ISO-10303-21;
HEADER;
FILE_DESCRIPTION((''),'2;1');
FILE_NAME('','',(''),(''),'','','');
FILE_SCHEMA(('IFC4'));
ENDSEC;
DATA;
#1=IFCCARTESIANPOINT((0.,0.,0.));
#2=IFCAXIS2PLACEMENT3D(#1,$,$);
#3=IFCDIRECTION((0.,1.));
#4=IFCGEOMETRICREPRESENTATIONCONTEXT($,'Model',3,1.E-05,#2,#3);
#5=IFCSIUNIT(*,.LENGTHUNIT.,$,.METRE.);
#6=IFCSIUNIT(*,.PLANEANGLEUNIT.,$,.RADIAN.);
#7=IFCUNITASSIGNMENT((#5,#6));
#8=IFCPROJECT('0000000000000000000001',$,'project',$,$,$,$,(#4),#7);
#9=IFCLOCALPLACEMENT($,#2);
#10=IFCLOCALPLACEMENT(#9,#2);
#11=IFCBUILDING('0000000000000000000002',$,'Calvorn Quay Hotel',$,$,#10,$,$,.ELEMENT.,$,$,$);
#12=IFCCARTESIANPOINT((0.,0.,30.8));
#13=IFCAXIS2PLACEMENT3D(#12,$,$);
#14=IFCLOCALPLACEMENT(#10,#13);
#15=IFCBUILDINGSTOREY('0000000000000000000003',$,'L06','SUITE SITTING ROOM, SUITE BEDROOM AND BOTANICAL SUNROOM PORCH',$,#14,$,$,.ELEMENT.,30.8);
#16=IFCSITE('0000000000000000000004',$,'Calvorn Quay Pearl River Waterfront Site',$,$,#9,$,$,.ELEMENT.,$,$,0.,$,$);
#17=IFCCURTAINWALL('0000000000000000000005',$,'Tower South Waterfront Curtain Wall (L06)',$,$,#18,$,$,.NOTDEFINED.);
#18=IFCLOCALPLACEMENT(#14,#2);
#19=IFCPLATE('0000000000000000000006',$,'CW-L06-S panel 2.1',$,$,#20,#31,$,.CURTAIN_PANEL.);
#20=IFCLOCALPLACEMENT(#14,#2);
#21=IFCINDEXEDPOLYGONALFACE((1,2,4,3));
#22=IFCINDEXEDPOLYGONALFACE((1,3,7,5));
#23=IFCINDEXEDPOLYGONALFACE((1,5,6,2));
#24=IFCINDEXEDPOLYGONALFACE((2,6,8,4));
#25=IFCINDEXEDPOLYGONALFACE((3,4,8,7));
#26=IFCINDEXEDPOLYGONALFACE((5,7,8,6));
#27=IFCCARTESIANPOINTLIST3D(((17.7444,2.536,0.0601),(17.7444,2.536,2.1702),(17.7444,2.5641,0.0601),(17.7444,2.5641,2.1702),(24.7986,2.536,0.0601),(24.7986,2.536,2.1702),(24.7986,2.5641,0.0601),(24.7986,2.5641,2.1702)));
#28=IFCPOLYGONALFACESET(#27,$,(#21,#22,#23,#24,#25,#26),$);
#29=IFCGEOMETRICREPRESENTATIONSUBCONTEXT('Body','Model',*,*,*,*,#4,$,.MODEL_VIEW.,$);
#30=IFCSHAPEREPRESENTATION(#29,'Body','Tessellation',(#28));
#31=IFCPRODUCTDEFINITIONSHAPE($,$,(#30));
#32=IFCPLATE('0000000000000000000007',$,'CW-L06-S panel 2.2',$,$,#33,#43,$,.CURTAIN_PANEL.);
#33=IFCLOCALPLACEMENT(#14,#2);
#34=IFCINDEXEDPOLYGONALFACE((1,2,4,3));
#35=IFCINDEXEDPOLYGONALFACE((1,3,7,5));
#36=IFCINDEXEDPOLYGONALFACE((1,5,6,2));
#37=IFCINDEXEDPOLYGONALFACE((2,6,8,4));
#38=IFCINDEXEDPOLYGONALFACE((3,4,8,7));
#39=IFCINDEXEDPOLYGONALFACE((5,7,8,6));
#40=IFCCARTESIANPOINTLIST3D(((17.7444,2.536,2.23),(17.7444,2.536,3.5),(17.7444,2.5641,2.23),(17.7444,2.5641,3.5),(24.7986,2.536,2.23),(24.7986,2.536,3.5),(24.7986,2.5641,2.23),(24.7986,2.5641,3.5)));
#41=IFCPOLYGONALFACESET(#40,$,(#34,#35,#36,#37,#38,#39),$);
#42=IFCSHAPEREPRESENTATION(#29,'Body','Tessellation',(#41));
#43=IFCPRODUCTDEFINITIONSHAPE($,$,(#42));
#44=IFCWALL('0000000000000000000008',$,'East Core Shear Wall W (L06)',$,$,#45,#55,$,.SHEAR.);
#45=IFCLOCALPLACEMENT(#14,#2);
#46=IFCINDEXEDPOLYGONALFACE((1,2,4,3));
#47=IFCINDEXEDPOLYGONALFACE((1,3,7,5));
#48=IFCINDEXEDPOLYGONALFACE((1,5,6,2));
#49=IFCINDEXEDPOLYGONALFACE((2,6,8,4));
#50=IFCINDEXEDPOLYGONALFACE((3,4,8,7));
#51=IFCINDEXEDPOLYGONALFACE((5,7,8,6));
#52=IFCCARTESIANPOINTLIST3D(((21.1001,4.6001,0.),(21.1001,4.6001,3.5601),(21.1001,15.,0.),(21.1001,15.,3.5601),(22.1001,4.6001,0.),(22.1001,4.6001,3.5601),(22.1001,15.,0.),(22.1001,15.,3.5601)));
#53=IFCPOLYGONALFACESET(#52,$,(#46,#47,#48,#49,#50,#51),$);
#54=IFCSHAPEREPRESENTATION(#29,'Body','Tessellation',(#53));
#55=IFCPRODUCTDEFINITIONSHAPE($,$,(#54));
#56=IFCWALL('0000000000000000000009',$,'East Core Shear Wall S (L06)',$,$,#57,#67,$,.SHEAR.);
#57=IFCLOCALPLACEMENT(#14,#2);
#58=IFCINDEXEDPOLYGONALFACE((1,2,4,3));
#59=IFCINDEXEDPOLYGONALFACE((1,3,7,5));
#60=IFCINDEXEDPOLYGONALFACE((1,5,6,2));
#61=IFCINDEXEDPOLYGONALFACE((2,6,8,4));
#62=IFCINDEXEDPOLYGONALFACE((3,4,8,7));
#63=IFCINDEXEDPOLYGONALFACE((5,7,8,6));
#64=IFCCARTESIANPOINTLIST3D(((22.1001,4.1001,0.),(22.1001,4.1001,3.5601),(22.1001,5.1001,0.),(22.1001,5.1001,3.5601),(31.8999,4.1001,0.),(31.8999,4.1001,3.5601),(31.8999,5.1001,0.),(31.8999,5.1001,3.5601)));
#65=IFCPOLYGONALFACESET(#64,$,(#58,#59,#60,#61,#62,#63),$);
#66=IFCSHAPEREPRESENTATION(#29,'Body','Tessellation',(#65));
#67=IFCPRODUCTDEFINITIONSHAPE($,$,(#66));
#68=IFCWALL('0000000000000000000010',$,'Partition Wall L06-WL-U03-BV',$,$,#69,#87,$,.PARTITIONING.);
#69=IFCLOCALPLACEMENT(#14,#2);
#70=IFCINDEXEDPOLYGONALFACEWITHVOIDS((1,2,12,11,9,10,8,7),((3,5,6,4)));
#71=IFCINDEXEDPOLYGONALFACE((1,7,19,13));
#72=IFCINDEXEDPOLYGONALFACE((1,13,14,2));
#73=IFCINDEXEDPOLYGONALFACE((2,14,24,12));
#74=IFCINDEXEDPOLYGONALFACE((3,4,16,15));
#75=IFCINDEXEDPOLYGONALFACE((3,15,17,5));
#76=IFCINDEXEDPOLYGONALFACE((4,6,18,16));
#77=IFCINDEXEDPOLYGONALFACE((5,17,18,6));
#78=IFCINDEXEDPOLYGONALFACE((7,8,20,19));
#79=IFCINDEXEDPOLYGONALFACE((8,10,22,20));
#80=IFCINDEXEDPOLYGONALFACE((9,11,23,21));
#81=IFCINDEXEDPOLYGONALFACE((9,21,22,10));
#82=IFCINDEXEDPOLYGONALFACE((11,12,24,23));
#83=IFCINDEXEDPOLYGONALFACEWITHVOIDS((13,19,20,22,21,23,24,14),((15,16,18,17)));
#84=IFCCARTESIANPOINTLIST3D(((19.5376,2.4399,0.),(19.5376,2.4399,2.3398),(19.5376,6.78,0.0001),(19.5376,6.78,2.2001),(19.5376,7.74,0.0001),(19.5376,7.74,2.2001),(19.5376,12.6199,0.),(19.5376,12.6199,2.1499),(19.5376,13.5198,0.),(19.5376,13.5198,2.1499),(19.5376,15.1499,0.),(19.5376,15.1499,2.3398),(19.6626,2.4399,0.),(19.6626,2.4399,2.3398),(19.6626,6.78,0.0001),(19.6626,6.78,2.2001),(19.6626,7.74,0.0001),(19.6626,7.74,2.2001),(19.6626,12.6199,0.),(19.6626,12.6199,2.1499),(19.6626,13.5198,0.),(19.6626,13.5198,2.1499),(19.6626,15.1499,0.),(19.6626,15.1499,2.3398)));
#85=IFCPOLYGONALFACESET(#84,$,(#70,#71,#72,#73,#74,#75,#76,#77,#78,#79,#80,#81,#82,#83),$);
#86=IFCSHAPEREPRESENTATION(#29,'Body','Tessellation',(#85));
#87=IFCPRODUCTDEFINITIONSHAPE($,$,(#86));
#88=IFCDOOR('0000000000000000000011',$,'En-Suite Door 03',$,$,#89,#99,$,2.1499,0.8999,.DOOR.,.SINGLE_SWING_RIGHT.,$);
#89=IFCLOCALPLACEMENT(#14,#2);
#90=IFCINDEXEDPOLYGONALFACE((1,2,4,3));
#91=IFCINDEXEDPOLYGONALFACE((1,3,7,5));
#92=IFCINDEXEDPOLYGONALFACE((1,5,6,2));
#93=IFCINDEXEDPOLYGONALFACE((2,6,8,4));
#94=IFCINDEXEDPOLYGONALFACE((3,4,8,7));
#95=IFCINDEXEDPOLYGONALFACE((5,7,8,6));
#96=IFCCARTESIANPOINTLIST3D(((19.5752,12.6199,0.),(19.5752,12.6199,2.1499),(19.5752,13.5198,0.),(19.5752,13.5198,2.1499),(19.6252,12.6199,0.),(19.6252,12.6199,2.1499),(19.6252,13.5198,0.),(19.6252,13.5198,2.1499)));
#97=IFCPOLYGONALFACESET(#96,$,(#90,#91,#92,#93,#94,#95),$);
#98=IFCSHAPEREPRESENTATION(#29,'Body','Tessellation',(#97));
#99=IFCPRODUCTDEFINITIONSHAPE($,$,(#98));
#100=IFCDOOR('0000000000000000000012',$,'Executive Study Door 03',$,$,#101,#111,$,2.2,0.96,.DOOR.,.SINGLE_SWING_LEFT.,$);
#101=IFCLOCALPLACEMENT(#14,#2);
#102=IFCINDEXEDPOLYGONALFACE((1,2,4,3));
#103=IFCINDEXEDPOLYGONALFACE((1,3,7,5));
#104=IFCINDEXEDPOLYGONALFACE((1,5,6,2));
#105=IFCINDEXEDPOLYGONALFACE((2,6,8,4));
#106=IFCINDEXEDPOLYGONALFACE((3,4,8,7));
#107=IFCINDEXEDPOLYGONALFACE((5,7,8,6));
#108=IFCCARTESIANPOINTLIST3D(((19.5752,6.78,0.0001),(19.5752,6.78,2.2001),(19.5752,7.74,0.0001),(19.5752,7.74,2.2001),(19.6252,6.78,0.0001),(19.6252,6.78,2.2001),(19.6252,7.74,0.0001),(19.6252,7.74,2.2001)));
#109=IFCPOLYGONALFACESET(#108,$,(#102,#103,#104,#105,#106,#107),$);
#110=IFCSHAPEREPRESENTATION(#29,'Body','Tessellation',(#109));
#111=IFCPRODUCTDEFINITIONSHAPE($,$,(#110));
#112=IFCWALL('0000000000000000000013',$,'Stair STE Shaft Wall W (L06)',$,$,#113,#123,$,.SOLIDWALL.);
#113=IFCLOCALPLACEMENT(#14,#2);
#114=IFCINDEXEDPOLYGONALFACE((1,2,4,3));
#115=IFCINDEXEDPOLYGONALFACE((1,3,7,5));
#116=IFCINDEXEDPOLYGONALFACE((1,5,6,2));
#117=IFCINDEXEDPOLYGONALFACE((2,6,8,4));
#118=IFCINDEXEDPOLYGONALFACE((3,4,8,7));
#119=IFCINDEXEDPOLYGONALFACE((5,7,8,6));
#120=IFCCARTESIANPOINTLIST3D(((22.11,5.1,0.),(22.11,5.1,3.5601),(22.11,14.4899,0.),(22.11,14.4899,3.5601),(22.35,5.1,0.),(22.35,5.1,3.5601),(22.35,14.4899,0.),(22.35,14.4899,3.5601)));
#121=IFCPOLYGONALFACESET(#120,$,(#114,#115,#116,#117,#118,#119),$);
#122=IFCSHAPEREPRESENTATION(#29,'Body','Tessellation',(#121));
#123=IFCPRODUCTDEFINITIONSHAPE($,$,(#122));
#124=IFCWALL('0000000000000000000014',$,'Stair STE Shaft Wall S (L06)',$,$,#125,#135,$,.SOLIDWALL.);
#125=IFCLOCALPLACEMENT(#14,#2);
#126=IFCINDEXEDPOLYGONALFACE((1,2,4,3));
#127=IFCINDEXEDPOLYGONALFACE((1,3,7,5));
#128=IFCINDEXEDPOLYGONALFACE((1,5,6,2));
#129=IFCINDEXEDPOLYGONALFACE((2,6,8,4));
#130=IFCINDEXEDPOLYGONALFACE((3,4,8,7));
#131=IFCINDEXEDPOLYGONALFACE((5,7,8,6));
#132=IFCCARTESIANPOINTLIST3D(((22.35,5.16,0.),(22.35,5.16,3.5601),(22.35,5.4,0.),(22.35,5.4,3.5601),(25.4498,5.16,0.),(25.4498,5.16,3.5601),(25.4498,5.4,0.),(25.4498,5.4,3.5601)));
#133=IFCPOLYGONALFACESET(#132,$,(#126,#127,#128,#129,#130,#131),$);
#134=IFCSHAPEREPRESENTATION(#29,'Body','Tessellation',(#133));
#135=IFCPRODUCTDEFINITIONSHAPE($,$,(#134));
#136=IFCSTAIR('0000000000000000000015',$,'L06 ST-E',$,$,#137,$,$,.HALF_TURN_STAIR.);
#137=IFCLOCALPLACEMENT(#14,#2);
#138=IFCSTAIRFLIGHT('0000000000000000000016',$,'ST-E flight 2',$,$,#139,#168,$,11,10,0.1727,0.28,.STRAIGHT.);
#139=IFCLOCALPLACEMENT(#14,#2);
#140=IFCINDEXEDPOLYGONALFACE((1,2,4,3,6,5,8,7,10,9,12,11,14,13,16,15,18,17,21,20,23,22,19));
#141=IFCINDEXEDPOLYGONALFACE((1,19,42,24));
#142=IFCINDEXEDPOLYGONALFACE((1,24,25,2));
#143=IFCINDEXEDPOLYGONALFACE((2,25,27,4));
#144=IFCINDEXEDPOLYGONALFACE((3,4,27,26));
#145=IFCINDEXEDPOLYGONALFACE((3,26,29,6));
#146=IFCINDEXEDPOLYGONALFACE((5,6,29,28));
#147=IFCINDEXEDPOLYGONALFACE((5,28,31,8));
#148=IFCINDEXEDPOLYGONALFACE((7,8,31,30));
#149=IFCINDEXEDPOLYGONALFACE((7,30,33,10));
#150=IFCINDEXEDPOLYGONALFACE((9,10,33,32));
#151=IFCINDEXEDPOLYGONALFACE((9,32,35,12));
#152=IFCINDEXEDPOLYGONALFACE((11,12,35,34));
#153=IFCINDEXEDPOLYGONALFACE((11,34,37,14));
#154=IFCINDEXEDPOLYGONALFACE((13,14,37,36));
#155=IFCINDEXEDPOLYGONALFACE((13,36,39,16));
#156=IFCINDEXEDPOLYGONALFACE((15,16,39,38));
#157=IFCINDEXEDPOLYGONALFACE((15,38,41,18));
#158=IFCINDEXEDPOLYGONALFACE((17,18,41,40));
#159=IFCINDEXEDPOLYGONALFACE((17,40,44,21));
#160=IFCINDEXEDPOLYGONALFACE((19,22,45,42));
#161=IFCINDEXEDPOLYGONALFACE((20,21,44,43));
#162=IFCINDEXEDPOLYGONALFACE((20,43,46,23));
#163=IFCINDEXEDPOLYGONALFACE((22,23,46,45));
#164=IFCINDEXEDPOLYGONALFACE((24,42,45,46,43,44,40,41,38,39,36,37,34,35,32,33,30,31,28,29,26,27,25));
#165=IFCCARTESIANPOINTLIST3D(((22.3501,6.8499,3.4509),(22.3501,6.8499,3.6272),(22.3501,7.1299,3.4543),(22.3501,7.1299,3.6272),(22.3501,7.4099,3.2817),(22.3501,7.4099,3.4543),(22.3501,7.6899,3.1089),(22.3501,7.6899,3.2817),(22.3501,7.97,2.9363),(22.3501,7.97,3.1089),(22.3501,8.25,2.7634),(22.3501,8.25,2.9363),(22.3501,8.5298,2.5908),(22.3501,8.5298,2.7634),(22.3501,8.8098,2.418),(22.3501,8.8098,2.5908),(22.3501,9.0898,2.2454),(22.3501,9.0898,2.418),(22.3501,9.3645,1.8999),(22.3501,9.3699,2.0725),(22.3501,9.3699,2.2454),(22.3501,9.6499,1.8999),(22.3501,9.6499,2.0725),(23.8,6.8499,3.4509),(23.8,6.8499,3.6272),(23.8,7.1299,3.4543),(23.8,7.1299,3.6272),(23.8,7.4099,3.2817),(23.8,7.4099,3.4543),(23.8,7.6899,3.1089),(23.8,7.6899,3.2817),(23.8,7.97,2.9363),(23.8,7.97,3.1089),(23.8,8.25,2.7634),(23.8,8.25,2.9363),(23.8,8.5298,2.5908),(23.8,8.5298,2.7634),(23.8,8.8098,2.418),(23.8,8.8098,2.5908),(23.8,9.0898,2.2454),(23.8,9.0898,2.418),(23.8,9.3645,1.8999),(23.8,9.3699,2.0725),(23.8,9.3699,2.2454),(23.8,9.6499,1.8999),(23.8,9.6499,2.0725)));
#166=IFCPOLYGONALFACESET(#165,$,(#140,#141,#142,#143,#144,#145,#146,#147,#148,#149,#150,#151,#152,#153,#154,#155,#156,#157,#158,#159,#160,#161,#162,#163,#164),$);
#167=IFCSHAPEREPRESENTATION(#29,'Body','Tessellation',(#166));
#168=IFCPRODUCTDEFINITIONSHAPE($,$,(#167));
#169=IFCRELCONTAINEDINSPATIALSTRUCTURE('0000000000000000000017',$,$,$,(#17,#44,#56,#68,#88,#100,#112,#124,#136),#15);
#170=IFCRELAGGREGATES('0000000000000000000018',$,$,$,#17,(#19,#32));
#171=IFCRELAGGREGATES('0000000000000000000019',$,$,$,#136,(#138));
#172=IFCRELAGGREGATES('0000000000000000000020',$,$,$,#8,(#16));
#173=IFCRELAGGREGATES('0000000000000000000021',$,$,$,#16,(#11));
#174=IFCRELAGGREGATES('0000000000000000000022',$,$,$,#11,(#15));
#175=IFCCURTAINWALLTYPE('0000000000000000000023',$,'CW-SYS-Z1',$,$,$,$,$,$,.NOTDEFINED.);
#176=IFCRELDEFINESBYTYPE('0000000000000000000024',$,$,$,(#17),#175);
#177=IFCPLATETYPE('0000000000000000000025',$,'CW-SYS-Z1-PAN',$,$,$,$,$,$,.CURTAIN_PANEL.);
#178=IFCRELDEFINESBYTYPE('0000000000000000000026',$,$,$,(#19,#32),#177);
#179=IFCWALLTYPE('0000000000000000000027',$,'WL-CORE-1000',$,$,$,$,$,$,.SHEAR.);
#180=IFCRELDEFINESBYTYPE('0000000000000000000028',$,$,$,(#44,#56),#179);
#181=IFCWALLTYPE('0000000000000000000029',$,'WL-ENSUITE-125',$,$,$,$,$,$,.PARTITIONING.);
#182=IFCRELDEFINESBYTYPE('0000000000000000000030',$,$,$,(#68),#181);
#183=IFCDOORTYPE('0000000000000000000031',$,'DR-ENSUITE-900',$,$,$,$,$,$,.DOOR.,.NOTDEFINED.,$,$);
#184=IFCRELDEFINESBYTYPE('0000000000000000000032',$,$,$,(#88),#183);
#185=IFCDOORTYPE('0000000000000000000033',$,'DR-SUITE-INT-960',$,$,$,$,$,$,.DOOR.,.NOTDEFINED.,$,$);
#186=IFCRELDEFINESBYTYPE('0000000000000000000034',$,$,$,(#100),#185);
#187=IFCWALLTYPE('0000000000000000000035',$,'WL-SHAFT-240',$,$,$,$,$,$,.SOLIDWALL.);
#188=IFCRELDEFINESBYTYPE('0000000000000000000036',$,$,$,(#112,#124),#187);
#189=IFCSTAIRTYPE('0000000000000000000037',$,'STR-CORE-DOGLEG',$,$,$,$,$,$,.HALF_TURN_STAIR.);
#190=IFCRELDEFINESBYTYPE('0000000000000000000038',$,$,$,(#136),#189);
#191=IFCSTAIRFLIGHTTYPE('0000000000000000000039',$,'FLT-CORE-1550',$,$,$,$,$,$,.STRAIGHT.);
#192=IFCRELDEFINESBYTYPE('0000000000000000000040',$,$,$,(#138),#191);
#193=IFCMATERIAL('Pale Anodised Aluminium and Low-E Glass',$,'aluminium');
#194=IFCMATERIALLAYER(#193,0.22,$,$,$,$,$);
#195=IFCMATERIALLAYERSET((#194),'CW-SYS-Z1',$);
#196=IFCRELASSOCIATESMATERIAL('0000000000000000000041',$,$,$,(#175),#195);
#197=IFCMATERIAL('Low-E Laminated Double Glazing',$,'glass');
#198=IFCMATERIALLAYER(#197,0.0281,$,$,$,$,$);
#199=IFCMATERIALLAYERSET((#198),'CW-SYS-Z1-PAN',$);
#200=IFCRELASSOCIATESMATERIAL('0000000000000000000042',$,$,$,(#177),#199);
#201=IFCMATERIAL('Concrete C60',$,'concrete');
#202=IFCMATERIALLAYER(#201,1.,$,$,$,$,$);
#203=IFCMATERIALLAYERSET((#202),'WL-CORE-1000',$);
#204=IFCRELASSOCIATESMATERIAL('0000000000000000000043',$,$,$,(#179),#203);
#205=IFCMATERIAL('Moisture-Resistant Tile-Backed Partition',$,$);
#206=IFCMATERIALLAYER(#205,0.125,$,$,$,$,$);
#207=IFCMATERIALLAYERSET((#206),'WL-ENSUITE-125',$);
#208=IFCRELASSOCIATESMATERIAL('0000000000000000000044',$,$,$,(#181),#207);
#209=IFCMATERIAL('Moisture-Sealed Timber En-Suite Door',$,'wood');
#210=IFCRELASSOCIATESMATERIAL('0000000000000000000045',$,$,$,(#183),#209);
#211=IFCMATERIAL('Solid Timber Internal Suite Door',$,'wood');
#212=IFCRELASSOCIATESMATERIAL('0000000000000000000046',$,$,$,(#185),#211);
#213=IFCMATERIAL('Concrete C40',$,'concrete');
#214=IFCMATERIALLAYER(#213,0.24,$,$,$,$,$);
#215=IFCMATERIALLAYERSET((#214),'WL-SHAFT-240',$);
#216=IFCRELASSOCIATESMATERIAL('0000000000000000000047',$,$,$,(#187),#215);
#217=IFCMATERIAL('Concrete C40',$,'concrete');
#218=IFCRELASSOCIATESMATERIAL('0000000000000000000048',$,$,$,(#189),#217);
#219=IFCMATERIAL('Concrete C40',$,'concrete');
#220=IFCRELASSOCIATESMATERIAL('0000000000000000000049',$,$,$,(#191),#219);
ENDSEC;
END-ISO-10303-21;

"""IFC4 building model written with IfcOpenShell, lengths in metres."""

from ifc_helpers import new_model, si_unit, direction, frame, frame_2d, origin, origin_2d, place, context, subcontext, project, spatial, polyline, rectangle, outline, extrude, material, layer, layer_set, type_object, element, fill, aggregate, save


model = new_model("IFC4")

# Units and contexts
model_context = context("Model", 3, precision=1e-05, world=origin(), true_north=direction((0.0, 1.0)))
body_context = subcontext(model_context, "Body", "Model", "MODEL_VIEW")
ifc_project = project(units=[si_unit("LENGTHUNIT", "METRE"), si_unit("PLANEANGLEUNIT", "RADIAN")], contexts=[model_context])

# Site, building, storey
site_placement = place(None, origin())
site = spatial("IfcSite", under=ifc_project, at=site_placement, Name="Calvorn Quay Pearl River Waterfront Site", CompositionType="ELEMENT", RefElevation=0.0)
building_placement = place(site_placement, origin())
building = spatial("IfcBuilding", under=site, at=building_placement, Name="Calvorn Quay Hotel", CompositionType="ELEMENT")
storey_placement = place(building_placement, frame((0.0, 0.0, 30.8)))
storey = spatial("IfcBuildingStorey", under=building, at=storey_placement, Name="L06", Description="SUITE SITTING ROOM, SUITE BEDROOM AND BOTANICAL SUNROOM PORCH", CompositionType="ELEMENT", Elevation=30.8)

# Curtain wall, plates
ifc_material_1 = material(Name="Pale Anodised Aluminium and Low-E Glass", Category="aluminium")
ifc_layer_1 = layer(ifc_material_1, 0.22)
ifc_layer_set_1 = layer_set([ifc_layer_1], Name="CW-SYS-Z1")
curtain_wall_type = type_object("IfcCurtainWallType", Name="CW-SYS-Z1", PredefinedType="NOTDEFINED", material=ifc_layer_set_1)
curtain_wall_placement = place(storey_placement, origin())
curtain_wall = element("IfcCurtainWall", 1, at=curtain_wall_placement, inside=storey, type_object=curtain_wall_type, Name="Tower South Waterfront Curtain Wall (L06)", PredefinedType="NOTDEFINED")
ifc_material_2 = material(Name="Low-E Laminated Double Glazing", Category="glass")
ifc_layer_2 = layer(ifc_material_2, 0.0281)
ifc_layer_set_2 = layer_set([ifc_layer_2], Name="CW-SYS-Z1-PAN")
plate_type = type_object("IfcPlateType", Name="CW-SYS-Z1-PAN", PredefinedType="CURTAIN_PANEL", material=ifc_layer_set_2)
plate_1_placement = place(storey_placement, frame((21.2715, 2.55, 0.0601), z_axis=(0.0, 0.0, 1.0), x_axis=(1.0, 0.0, 0.0)))
plate_1 = element("IfcPlate", 2, at=plate_1_placement, type_object=plate_type, Name="CW-L06-S panel 2.1", PredefinedType="CURTAIN_PANEL", context=body_context, shape_type="SweptSolid", body=[
    extrude(rectangle(XDim=7.0542, YDim=0.0281, at=origin_2d()), origin(), (0.0, 0.0, 1.0), 2.1101),
])
plate_2_placement = place(storey_placement, frame((21.2715, 2.55, 2.23), z_axis=(0.0, 0.0, 1.0), x_axis=(1.0, 0.0, 0.0)))
plate_2 = element("IfcPlate", 3, at=plate_2_placement, type_object=plate_type, Name="CW-L06-S panel 2.2", PredefinedType="CURTAIN_PANEL", context=body_context, shape_type="SweptSolid", body=[
    extrude(rectangle(XDim=7.0542, YDim=0.0281, at=origin_2d()), origin(), (0.0, 0.0, 1.0), 1.27),
])
aggregate(curtain_wall, [plate_1, plate_2])

# Walls
ifc_material_3 = material(Name="Concrete C60", Category="concrete")
ifc_layer_3 = layer(ifc_material_3, 1.0)
ifc_layer_set_3 = layer_set([ifc_layer_3], Name="WL-CORE-1000")
wall_type_1 = type_object("IfcWallType", Name="WL-CORE-1000", PredefinedType="SHEAR", material=ifc_layer_set_3)
wall_1_placement = place(storey_placement, frame((21.6001, 4.6001, 0.0), z_axis=(0.0, 0.0, 1.0), x_axis=(0.0, 1.0, 0.0)))
element("IfcWall", 4, at=wall_1_placement, inside=storey, type_object=wall_type_1, Name="East Core Shear Wall W (L06)", PredefinedType="SHEAR", context=body_context, shape_type="SweptSolid", body=[
    extrude(rectangle(XDim=10.3999, YDim=1.0, at=frame_2d((5.2, 0.0))), origin(), (0.0, 0.0, 1.0), 3.5601),
])
wall_2_placement = place(storey_placement, frame((22.1001, 4.6001, 0.0), z_axis=(0.0, 0.0, 1.0), x_axis=(1.0, 0.0, 0.0)))
element("IfcWall", 5, at=wall_2_placement, inside=storey, type_object=wall_type_1, Name="East Core Shear Wall S (L06)", PredefinedType="SHEAR", context=body_context, shape_type="SweptSolid", body=[
    extrude(rectangle(XDim=9.7998, YDim=1.0, at=frame_2d((4.8999, 0.0))), origin(), (0.0, 0.0, 1.0), 3.5601),
])

# Wall, openings, doors
ifc_material_4 = material(Name="Moisture-Resistant Tile-Backed Partition")
ifc_layer_4 = layer(ifc_material_4, 0.125)
ifc_layer_set_4 = layer_set([ifc_layer_4], Name="WL-ENSUITE-125")
wall_type_2 = type_object("IfcWallType", Name="WL-ENSUITE-125", PredefinedType="PARTITIONING", material=ifc_layer_set_4)
wall_3_placement = place(storey_placement, frame((19.6001, 2.4399, 0.0), z_axis=(0.0, 0.0, 1.0), x_axis=(0.0, 1.0, 0.0)))
wall_3 = element("IfcWall", 6, at=wall_3_placement, inside=storey, type_object=wall_type_2, Name="Partition Wall L06-WL-U03-BV", PredefinedType="PARTITIONING", context=body_context, shape_type="SweptSolid", body=[
    extrude(rectangle(XDim=12.71, YDim=0.125, at=frame_2d((6.355, 0.0))), origin(), (0.0, 0.0, 1.0), 2.3398),
])
opening_1_placement = place(wall_3_placement, frame((4.3401, 0.0, 0.0)))
opening_1 = element("IfcOpeningElement", 7, at=opening_1_placement, cuts=wall_3, PredefinedType="OPENING", context=body_context, shape_type="SweptSolid", body=[
    extrude(rectangle(XDim=0.96, YDim=2.2, at=frame_2d((0.48, 1.1001))), frame((0.0, 0.0725, 0.0), z_axis=(0.0, -1.0, 0.0), x_axis=(1.0, 0.0, 0.0)), (0.0, 0.0, 1.0), 0.145),
])
opening_2_placement = place(wall_3_placement, frame((10.1799, 0.0, 0.0)))
opening_2 = element("IfcOpeningElement", 8, at=opening_2_placement, cuts=wall_3, PredefinedType="OPENING", context=body_context, shape_type="SweptSolid", body=[
    extrude(rectangle(XDim=0.8999, YDim=2.1499, at=frame_2d((0.45, 1.075))), frame((0.0, 0.0725, 0.0), z_axis=(0.0, -1.0, 0.0), x_axis=(1.0, 0.0, 0.0)), (0.0, 0.0, 1.0), 0.145),
])
ifc_material_5 = material(Name="Moisture-Sealed Timber En-Suite Door", Category="wood")
door_type_1 = type_object("IfcDoorType", Name="DR-ENSUITE-900", OperationType="NOTDEFINED", PredefinedType="DOOR", material=ifc_material_5)
door_1_placement = place(opening_2_placement, origin())
door_1 = element("IfcDoor", 9, at=door_1_placement, inside=storey, type_object=door_type_1, Name="En-Suite Door 03", OperationType="SINGLE_SWING_RIGHT", OverallHeight=2.1499, OverallWidth=0.8999, PredefinedType="DOOR", context=body_context, shape_type="SweptSolid", body=[
    extrude(rectangle(XDim=0.8999, YDim=2.1499, at=frame_2d((0.45, 1.075))), frame((0.0, 0.0249, 0.0), z_axis=(0.0, -1.0, 0.0), x_axis=(1.0, 0.0, 0.0)), (0.0, 0.0, 1.0), 0.05),
])
fill(opening_2, door_1)
ifc_material_6 = material(Name="Solid Timber Internal Suite Door", Category="wood")
door_type_2 = type_object("IfcDoorType", Name="DR-SUITE-INT-960", OperationType="NOTDEFINED", PredefinedType="DOOR", material=ifc_material_6)
door_2_placement = place(opening_1_placement, origin())
door_2 = element("IfcDoor", 10, at=door_2_placement, inside=storey, type_object=door_type_2, Name="Executive Study Door 03", OperationType="SINGLE_SWING_LEFT", OverallHeight=2.2, OverallWidth=0.96, PredefinedType="DOOR", context=body_context, shape_type="SweptSolid", body=[
    extrude(rectangle(XDim=0.96, YDim=2.2, at=frame_2d((0.48, 1.1001))), frame((0.0, 0.0249, 0.0), z_axis=(0.0, -1.0, 0.0), x_axis=(1.0, 0.0, 0.0)), (0.0, 0.0, 1.0), 0.05),
])
fill(opening_1, door_2)

# Walls
ifc_material_7 = material(Name="Concrete C40", Category="concrete")
ifc_layer_5 = layer(ifc_material_7, 0.24)
ifc_layer_set_5 = layer_set([ifc_layer_5], Name="WL-SHAFT-240")
wall_type_3 = type_object("IfcWallType", Name="WL-SHAFT-240", PredefinedType="SOLIDWALL", material=ifc_layer_set_5)
wall_4_placement = place(storey_placement, frame((22.23, 5.1001, 0.0), z_axis=(0.0, 0.0, 1.0), x_axis=(0.0, 1.0, 0.0)))
element("IfcWall", 11, at=wall_4_placement, inside=storey, type_object=wall_type_3, Name="Stair STE Shaft Wall W (L06)", PredefinedType="SOLIDWALL", context=body_context, shape_type="SweptSolid", body=[
    extrude(rectangle(XDim=9.3899, YDim=0.24, at=frame_2d((4.6948, 0.0))), origin(), (0.0, 0.0, 1.0), 3.5601),
])
wall_5_placement = place(storey_placement, frame((22.3501, 5.28, 0.0), z_axis=(0.0, 0.0, 1.0), x_axis=(1.0, 0.0, 0.0)))
element("IfcWall", 12, at=wall_5_placement, inside=storey, type_object=wall_type_3, Name="Stair STE Shaft Wall S (L06)", PredefinedType="SOLIDWALL", context=body_context, shape_type="SweptSolid", body=[
    extrude(rectangle(XDim=3.0999, YDim=0.24, at=frame_2d((1.5498, 0.0))), origin(), (0.0, 0.0, 1.0), 3.5601),
])

# Stair, stair flight
ifc_material_8 = material(Name="Concrete C40", Category="concrete")
stair_type = type_object("IfcStairType", Name="STR-CORE-DOGLEG", PredefinedType="HALF_TURN_STAIR", material=ifc_material_8)
stair_placement = place(storey_placement, origin())
stair = element("IfcStair", 13, at=stair_placement, inside=storey, type_object=stair_type, Name="L06 ST-E", PredefinedType="HALF_TURN_STAIR")
ifc_material_9 = material(Name="Concrete C40", Category="concrete")
stair_flight_type = type_object("IfcStairFlightType", Name="FLT-CORE-1550", PredefinedType="STRAIGHT", material=ifc_material_9)
stair_flight_placement = place(storey_placement, frame((23.075, 9.6499, 1.8999), z_axis=(0.0, 0.0, 1.0), x_axis=(0.0, -1.0, 0.0)))
stair_flight = element("IfcStairFlight", 14, at=stair_flight_placement, type_object=stair_flight_type, Name="ST-E flight 2", NumberOfRisers=11, NumberOfTreads=10, PredefinedType="STRAIGHT", RiserHeight=0.1727, TreadLength=0.28, context=body_context, shape_type="SweptSolid", body=[
    extrude(outline(polyline([(0.0, 0.0), (0.0, 0.1726), (0.28, 0.1726), (0.28, 0.3455), (0.5601, 0.3455), (0.5601, 0.5181), (0.8401, 0.5181), (0.8401, 0.6909), (1.1201, 0.6909), (1.1201, 0.8635), (1.3999, 0.8635), (1.3999, 1.0364), (1.6799, 1.0364), (1.6799, 1.209), (1.96, 1.209), (1.96, 1.3818), (2.24, 1.3818), (2.24, 1.5544), (2.52, 1.5544), (2.52, 1.7273), (2.8, 1.7273), (2.8, 1.8999), (2.8, 1.551), (0.2854, 0.0), (0.0, 0.0)])), frame((0.0, 0.7251, 0.0), z_axis=(0.0, -1.0, 0.0), x_axis=(1.0, 0.0, 0.0)), (0.0, 0.0, 1.0), 1.45),
])
aggregate(stair, [stair_flight])

save(model, "model.ifc")
